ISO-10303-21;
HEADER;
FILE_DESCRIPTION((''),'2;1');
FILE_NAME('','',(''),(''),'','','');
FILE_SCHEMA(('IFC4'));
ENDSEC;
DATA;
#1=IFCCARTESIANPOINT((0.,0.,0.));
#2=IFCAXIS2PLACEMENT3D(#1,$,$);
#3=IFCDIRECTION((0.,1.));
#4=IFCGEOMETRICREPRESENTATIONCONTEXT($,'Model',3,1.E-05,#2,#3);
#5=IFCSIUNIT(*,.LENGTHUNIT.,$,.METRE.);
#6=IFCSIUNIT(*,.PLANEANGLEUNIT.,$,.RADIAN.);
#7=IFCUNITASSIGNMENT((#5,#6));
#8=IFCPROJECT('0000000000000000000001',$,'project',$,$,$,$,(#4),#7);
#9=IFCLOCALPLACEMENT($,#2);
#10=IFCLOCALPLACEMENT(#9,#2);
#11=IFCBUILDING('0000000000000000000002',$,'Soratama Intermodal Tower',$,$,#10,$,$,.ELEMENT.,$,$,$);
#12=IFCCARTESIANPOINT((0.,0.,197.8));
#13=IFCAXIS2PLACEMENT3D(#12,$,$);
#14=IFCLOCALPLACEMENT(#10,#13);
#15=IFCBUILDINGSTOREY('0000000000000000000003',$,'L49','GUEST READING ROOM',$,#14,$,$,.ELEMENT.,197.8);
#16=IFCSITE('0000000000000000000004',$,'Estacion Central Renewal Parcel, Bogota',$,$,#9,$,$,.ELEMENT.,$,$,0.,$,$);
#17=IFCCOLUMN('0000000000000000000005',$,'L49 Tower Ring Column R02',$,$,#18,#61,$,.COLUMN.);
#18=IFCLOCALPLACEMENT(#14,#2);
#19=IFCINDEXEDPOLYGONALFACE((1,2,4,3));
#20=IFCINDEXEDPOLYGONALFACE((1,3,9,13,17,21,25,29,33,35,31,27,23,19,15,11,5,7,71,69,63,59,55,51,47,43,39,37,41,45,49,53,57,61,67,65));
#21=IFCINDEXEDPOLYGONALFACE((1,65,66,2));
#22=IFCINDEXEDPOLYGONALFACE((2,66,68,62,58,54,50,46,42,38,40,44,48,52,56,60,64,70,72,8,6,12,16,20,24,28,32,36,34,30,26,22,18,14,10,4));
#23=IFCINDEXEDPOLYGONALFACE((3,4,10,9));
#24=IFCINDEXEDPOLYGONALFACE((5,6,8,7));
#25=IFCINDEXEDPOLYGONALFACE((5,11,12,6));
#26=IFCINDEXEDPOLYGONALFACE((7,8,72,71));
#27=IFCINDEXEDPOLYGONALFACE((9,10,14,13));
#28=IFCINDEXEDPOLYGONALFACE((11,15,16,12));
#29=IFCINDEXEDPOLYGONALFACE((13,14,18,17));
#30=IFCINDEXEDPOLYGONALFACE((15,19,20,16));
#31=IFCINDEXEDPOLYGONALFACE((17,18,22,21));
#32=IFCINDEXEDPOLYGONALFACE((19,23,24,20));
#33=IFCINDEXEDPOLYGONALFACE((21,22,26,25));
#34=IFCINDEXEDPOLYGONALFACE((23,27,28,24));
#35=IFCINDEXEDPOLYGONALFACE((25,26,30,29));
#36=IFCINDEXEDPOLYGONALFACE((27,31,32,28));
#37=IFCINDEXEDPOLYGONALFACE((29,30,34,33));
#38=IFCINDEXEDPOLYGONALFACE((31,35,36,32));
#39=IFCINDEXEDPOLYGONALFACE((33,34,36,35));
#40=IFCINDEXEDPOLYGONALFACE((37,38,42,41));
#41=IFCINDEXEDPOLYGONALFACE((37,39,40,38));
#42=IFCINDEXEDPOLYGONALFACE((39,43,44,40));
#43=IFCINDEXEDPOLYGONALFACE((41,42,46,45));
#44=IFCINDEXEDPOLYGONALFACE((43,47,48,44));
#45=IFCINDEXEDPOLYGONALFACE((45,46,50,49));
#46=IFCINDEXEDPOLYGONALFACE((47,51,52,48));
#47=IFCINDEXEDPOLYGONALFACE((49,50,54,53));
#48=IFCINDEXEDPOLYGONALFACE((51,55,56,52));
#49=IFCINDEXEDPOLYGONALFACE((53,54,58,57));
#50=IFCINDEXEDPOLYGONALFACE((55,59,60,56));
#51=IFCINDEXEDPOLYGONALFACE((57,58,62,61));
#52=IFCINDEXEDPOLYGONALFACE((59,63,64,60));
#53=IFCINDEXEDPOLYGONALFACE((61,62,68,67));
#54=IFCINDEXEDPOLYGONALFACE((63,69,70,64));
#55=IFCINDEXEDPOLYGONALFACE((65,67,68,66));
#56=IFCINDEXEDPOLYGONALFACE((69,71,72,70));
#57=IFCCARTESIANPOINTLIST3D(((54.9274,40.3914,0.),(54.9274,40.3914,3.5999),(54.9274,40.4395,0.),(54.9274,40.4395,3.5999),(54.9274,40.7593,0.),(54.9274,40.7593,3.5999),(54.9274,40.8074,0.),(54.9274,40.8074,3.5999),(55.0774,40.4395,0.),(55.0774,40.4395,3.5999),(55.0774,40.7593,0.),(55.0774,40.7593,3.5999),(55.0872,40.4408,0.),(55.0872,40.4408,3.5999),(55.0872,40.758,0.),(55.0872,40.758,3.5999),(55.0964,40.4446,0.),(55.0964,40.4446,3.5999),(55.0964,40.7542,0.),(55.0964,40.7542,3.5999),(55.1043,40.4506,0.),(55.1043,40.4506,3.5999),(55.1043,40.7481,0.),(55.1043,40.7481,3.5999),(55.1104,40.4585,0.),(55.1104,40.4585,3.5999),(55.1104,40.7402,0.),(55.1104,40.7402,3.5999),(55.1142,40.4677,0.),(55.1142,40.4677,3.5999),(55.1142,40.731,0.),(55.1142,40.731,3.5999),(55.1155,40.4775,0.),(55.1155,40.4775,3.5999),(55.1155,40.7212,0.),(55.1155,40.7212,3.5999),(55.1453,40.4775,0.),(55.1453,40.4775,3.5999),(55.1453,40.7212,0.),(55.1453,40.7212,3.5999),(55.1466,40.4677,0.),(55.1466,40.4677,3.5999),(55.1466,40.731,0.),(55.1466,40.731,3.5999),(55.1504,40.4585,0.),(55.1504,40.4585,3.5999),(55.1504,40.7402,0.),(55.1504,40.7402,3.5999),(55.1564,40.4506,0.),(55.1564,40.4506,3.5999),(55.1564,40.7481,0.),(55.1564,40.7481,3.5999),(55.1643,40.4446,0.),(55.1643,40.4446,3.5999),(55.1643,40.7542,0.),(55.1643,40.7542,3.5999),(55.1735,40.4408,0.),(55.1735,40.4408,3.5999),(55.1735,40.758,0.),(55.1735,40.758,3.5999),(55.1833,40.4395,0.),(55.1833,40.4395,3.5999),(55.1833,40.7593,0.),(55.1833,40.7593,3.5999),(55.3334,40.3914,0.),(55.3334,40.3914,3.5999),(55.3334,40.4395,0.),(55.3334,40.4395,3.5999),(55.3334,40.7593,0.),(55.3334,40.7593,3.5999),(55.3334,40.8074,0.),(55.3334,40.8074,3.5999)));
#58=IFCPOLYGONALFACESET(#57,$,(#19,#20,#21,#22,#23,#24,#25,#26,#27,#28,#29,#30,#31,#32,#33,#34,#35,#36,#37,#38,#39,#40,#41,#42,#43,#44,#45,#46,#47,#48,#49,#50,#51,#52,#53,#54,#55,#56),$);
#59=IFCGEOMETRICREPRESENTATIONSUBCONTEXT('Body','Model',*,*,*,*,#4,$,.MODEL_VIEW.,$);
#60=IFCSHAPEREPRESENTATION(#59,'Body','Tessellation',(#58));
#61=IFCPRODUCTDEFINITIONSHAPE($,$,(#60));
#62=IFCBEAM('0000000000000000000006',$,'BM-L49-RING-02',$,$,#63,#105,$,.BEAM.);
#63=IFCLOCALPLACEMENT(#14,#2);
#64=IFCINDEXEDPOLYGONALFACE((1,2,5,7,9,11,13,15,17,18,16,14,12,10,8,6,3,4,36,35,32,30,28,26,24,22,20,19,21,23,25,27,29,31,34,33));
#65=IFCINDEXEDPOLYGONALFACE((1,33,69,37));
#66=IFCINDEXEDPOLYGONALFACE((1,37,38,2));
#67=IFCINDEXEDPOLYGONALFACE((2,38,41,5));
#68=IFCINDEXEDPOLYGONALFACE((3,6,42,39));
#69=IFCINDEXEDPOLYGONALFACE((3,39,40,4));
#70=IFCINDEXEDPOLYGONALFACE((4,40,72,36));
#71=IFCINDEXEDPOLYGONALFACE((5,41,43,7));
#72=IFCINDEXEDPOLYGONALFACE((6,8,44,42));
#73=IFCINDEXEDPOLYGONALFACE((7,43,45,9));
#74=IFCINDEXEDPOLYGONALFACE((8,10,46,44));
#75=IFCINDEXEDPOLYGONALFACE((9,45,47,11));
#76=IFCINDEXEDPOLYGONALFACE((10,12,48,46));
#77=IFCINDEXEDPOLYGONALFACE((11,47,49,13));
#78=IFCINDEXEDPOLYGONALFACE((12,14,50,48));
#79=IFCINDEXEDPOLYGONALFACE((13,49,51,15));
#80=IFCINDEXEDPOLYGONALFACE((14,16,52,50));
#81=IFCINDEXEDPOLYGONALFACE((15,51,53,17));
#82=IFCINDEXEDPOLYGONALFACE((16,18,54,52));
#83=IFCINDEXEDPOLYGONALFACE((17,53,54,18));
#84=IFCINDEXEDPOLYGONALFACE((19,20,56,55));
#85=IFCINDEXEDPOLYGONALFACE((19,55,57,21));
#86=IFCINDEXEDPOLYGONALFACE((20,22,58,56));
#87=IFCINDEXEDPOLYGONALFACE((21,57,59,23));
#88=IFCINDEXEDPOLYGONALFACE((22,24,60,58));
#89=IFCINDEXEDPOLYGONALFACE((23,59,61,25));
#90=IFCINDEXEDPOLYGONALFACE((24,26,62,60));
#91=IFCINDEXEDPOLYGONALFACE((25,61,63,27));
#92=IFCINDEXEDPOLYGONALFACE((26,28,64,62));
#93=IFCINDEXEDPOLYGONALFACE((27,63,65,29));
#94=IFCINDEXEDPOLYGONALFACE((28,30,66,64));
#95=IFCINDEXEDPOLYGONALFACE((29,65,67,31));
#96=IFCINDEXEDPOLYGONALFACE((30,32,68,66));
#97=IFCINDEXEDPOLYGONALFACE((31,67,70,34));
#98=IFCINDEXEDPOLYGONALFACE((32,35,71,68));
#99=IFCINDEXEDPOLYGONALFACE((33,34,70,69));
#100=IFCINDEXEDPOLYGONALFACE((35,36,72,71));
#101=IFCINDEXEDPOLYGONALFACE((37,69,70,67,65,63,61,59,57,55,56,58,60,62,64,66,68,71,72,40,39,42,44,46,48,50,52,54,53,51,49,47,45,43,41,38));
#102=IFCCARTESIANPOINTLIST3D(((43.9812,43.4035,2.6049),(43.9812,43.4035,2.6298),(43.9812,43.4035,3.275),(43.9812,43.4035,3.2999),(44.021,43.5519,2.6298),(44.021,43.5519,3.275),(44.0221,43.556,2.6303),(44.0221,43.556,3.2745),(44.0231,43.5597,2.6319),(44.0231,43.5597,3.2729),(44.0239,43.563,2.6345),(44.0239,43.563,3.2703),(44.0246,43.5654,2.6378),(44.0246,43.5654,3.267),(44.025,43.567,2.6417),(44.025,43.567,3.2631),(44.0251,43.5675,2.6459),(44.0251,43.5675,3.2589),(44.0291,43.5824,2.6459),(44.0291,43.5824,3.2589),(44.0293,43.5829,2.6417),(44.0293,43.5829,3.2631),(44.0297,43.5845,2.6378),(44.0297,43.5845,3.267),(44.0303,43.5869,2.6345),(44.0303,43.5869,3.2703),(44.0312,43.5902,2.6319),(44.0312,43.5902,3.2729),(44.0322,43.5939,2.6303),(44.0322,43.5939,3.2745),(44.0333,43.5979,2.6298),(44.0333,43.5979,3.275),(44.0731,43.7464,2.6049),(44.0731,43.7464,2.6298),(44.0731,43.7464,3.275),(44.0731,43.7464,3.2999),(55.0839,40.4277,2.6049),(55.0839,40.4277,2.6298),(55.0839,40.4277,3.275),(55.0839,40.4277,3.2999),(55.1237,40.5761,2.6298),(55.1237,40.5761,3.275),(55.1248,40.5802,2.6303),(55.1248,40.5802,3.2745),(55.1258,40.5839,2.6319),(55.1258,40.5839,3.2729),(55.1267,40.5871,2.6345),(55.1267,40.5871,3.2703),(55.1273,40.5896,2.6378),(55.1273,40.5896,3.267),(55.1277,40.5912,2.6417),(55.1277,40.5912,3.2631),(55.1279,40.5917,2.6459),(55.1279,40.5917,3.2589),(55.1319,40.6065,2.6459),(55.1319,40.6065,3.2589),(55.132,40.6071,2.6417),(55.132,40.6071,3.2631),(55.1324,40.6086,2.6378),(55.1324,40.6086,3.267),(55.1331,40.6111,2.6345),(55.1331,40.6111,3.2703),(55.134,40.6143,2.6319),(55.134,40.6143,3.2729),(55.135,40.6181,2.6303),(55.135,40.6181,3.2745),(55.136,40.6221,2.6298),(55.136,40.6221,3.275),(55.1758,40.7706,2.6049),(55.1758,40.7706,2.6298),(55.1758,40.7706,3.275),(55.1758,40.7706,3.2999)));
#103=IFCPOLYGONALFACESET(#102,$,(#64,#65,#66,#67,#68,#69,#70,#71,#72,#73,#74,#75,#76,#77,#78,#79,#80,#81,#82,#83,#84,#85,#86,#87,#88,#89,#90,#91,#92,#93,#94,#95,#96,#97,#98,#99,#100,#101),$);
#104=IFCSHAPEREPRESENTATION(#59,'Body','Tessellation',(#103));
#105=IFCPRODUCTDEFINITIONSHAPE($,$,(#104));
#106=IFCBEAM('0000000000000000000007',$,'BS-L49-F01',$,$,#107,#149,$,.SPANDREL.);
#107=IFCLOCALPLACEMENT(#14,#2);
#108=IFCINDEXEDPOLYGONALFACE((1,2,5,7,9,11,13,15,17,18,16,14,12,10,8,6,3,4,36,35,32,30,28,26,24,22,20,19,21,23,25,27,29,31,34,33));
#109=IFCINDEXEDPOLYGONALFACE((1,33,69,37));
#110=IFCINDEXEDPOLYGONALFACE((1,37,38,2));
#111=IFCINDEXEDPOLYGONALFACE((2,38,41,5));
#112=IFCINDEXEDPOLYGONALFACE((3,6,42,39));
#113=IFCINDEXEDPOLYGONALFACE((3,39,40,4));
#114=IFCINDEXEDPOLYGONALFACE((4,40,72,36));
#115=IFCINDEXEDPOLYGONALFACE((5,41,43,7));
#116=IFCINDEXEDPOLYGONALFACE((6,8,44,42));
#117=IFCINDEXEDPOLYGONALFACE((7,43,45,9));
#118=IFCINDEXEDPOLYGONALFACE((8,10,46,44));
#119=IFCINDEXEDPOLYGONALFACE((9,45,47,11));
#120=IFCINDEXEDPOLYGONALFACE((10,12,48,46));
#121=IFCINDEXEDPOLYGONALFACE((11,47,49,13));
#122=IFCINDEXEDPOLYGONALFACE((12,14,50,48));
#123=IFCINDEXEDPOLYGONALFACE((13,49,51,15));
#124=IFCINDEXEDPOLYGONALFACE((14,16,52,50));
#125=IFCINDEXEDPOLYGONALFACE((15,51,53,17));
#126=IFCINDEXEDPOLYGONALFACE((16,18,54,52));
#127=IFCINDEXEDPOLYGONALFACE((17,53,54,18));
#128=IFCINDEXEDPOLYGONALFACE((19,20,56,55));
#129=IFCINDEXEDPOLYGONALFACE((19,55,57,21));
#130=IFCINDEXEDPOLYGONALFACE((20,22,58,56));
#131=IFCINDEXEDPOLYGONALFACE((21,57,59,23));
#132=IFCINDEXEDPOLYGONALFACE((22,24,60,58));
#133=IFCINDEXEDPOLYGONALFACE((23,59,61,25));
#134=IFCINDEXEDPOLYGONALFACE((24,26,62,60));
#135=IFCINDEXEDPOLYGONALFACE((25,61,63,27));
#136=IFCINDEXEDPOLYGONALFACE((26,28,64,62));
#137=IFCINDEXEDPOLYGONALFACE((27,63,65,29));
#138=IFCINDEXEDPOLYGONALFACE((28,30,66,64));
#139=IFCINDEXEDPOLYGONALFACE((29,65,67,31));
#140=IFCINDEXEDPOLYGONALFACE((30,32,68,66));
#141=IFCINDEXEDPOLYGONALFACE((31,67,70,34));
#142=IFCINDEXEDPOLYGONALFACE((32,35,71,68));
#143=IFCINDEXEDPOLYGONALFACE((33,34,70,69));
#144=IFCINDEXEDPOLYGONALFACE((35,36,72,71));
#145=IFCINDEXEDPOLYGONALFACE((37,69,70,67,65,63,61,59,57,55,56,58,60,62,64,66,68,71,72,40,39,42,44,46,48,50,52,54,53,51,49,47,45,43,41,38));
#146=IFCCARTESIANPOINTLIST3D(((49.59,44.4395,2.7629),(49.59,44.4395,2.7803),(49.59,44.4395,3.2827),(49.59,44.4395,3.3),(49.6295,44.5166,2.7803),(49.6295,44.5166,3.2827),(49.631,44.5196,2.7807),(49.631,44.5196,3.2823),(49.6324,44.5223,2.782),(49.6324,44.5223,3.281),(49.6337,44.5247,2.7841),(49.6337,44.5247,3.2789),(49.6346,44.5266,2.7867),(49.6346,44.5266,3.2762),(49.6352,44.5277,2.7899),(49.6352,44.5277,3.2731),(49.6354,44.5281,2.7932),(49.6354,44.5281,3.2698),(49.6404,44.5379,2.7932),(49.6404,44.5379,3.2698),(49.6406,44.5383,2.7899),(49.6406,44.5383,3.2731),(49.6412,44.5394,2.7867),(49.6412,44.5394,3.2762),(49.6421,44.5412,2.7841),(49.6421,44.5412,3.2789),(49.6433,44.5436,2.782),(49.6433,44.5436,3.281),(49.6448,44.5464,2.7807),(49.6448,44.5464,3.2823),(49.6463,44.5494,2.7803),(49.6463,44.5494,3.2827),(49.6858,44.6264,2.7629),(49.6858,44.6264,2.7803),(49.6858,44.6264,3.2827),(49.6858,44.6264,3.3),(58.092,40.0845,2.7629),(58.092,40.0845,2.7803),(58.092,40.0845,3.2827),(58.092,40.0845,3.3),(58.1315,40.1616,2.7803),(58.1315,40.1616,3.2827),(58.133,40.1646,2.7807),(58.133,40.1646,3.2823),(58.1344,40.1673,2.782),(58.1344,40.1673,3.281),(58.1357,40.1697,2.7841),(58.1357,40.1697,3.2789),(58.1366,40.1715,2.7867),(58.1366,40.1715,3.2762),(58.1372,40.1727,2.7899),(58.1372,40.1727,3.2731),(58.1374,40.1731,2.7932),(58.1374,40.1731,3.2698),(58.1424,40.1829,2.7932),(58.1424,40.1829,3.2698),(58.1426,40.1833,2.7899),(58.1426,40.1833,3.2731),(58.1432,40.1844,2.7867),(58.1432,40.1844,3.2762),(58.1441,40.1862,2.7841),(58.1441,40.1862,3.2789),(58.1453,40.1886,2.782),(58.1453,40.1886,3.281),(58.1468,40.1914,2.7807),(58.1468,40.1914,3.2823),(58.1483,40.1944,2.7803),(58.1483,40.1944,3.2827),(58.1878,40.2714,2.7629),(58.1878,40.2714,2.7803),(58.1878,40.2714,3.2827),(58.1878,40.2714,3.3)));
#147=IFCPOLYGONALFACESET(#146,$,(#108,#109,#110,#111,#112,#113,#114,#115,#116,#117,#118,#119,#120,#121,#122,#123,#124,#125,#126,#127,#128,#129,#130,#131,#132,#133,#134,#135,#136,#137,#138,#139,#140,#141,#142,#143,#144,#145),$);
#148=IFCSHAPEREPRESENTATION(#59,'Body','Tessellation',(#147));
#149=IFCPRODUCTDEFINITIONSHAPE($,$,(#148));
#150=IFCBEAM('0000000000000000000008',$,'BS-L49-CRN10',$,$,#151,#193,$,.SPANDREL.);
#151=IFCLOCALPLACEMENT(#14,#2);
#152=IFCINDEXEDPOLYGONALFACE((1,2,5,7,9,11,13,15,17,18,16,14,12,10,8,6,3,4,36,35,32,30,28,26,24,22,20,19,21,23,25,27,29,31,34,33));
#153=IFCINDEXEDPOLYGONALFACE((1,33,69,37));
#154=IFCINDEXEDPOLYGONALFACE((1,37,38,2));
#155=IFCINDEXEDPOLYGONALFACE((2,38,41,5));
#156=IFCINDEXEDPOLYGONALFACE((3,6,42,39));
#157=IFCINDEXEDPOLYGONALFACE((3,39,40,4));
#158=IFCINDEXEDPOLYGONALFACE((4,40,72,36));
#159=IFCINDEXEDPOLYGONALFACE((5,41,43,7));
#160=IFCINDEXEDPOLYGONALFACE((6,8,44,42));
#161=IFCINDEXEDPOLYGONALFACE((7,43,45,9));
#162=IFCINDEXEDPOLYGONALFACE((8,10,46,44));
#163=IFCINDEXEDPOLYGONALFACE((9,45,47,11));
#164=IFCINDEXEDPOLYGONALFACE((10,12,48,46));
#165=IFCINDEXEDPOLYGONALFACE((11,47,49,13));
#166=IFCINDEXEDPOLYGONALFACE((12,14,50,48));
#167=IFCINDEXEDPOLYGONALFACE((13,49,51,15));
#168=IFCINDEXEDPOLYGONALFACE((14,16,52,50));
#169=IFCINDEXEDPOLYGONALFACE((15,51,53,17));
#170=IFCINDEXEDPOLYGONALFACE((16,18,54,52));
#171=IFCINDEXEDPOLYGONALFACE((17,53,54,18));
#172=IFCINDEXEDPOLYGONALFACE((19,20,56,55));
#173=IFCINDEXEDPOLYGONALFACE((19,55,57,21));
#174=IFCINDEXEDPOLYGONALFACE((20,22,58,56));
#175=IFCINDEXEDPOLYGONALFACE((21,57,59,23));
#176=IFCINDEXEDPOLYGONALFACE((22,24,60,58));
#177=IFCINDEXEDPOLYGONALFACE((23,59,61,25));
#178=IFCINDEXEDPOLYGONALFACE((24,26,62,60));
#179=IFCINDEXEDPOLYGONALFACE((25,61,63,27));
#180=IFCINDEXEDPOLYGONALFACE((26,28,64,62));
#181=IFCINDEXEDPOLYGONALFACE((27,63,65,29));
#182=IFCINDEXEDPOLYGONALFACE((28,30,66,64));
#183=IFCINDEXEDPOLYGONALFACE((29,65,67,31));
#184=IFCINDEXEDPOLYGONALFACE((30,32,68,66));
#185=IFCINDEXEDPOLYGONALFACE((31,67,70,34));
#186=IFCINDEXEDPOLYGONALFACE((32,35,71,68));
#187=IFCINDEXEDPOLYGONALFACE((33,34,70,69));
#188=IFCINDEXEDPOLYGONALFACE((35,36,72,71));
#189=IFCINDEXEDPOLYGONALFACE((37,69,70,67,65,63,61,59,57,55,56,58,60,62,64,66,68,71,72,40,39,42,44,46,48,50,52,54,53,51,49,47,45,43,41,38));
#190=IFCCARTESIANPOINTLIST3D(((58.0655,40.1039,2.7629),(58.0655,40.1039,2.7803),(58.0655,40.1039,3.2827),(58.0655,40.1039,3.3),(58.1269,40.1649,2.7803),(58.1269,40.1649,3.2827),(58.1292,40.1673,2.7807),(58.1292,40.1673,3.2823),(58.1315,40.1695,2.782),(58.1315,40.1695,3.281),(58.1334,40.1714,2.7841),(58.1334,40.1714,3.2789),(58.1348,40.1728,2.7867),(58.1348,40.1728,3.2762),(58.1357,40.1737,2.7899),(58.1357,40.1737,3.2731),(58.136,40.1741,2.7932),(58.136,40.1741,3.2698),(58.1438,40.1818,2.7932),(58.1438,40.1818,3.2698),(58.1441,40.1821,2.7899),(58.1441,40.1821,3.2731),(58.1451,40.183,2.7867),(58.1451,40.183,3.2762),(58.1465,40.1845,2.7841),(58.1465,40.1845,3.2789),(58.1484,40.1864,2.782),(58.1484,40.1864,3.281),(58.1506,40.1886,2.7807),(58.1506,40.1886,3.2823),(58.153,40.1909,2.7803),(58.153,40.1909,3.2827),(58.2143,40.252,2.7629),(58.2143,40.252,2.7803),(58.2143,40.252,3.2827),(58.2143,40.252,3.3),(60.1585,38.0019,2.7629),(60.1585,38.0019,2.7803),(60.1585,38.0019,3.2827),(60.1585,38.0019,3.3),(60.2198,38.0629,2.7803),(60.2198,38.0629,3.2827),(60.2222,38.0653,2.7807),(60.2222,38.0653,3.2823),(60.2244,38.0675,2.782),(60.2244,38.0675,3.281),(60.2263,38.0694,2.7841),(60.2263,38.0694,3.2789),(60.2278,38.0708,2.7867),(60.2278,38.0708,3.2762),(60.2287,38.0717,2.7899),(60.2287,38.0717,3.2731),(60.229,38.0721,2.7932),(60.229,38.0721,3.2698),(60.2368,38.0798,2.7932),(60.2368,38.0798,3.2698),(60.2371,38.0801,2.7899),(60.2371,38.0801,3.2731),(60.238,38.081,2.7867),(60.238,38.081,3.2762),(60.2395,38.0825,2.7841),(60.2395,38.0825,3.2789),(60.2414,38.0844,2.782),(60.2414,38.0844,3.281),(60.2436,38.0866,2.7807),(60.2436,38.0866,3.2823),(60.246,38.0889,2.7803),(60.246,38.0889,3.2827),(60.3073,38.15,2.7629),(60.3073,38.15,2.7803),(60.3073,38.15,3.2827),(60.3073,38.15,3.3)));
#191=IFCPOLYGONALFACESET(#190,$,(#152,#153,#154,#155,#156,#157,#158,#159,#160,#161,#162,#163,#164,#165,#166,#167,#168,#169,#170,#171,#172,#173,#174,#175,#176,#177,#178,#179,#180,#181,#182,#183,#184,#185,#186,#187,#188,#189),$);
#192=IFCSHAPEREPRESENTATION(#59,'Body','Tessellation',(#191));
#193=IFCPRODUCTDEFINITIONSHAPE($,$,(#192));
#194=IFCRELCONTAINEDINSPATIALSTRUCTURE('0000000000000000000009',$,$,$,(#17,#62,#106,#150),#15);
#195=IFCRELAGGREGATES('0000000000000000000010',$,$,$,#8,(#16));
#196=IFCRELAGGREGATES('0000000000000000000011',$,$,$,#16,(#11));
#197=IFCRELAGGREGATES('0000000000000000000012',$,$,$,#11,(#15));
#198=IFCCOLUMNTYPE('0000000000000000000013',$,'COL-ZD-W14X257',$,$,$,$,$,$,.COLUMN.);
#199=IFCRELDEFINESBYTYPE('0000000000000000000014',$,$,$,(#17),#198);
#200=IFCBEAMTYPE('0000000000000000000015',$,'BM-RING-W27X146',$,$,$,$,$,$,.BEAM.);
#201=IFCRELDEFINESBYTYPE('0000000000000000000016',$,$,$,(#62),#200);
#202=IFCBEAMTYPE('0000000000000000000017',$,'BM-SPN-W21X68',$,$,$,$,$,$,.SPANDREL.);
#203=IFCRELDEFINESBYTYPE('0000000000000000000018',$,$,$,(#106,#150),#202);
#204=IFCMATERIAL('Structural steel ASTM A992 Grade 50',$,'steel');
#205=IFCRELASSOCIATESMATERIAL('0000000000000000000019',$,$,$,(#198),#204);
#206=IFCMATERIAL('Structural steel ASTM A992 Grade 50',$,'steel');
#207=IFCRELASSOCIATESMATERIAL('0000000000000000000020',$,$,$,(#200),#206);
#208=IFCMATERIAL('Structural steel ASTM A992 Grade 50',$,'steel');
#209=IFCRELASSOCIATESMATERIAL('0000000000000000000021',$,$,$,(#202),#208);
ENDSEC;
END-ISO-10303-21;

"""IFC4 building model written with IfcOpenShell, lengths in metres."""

from ifc_helpers import new_model, si_unit, direction, frame, origin, origin_2d, place, context, subcontext, project, spatial, i_section, extrude, material, material_profile, profile_set, type_object, element, save


model = new_model("IFC4")

# Units and contexts
model_context = context("Model", 3, precision=1e-05, world=origin(), true_north=direction((0.0, 1.0)))
body_context = subcontext(model_context, "Body", "Model", "MODEL_VIEW")
ifc_project = project(units=[si_unit("LENGTHUNIT", "METRE"), si_unit("PLANEANGLEUNIT", "RADIAN")], contexts=[model_context])

# Site, building, storey
site_placement = place(None, origin())
site = spatial("IfcSite", under=ifc_project, at=site_placement, Name="Estacion Central Renewal Parcel, Bogota", CompositionType="ELEMENT", RefElevation=0.0)
building_placement = place(site_placement, origin())
building = spatial("IfcBuilding", under=site, at=building_placement, Name="Soratama Intermodal Tower", CompositionType="ELEMENT")
storey_placement = place(building_placement, frame((0.0, 0.0, 197.8)))
storey = spatial("IfcBuildingStorey", under=building, at=storey_placement, Name="L49", Description="GUEST READING ROOM", CompositionType="ELEMENT", Elevation=197.8)

# Column
ifc_material_1 = material(Name="Structural steel ASTM A992 Grade 50", Category="steel")
ifc_material_profile_1 = material_profile(ifc_material_1, i_section(OverallWidth=0.406, OverallDepth=0.416, WebThickness=0.0298, FlangeThickness=0.0481, FilletRadius=0.0381, at=origin_2d()), Name="W14X257")
ifc_profile_set_1 = profile_set([ifc_material_profile_1], Name="Structural steel ASTM A992 Grade 50")
column_type = type_object("IfcColumnType", Name="COL-ZD-W14X257", PredefinedType="COLUMN", material=ifc_profile_set_1)
column_placement = place(storey_placement, frame((55.1304, 40.5994, 0.0), z_axis=(0.0, 0.0, 1.0), x_axis=(1.0, 0.0, 0.0)))
element("IfcColumn", 1, at=column_placement, inside=storey, type_object=column_type, Name="L49 Tower Ring Column R02", PredefinedType="COLUMN", context=body_context, shape_type="SweptSolid", body=[
    extrude(i_section(OverallWidth=0.406, OverallDepth=0.416, WebThickness=0.0298, FlangeThickness=0.0481, FilletRadius=0.0381, at=origin_2d()), origin(), (0.0, 0.0, 1.0), 3.5999),
])

# Beams
ifc_material_2 = material(Name="Structural steel ASTM A992 Grade 50", Category="steel")
ifc_material_profile_2 = material_profile(ifc_material_2, i_section(OverallWidth=0.355, OverallDepth=0.6951, WebThickness=0.0154, FlangeThickness=0.0249, FilletRadius=0.0161, at=origin_2d()), Name="W27X146")
ifc_profile_set_2 = profile_set([ifc_material_profile_2], Name="Structural steel ASTM A992 Grade 50")
beam_type_1 = type_object("IfcBeamType", Name="BM-RING-W27X146", PredefinedType="BEAM", material=ifc_profile_set_2)
beam_1_placement = place(storey_placement, frame((55.1299, 40.5991, 2.9524), z_axis=(-0.965907, 0.258888, 0.0), x_axis=(-0.258888, -0.965907, 0.0)))
element("IfcBeam", 2, at=beam_1_placement, inside=storey, type_object=beam_type_1, Name="BM-L49-RING-02", PredefinedType="BEAM", context=body_context, shape_type="SweptSolid", body=[
    extrude(i_section(OverallWidth=0.355, OverallDepth=0.6951, WebThickness=0.0154, FlangeThickness=0.0249, FilletRadius=0.0161, at=origin_2d()), origin(), (0.0, 0.0, 1.0), 11.4946),
])
ifc_material_3 = material(Name="Structural steel ASTM A992 Grade 50", Category="steel")
ifc_material_profile_3 = material_profile(ifc_material_3, i_section(OverallWidth=0.21, OverallDepth=0.5371, WebThickness=0.011, FlangeThickness=0.0173, FilletRadius=0.0129, at=origin_2d()), Name="W21X68")
ifc_profile_set_3 = profile_set([ifc_material_profile_3], Name="Structural steel ASTM A992 Grade 50")
beam_type_2 = type_object("IfcBeamType", Name="BM-SPN-W21X68", PredefinedType="SPANDREL", material=ifc_profile_set_3)
beam_2_placement = place(storey_placement, frame((58.1399, 40.178, 3.0315), z_axis=(-0.89003, 0.455903, 0.0), x_axis=(-0.455903, -0.89003, 0.0)))
element("IfcBeam", 3, at=beam_2_placement, inside=storey, type_object=beam_type_2, Name="BS-L49-F01", PredefinedType="SPANDREL", context=body_context, shape_type="SweptSolid", body=[
    extrude(i_section(OverallWidth=0.21, OverallDepth=0.5371, WebThickness=0.011, FlangeThickness=0.0173, FilletRadius=0.0129, at=origin_2d()), origin(), (0.0, 0.0, 1.0), 9.5525),
])
beam_3_placement = place(storey_placement, frame((60.2329, 38.0759, 3.0315), z_axis=(-0.705583, 0.708628, 0.0), x_axis=(-0.708628, -0.705583, 0.0)))
element("IfcBeam", 4, at=beam_3_placement, inside=storey, type_object=beam_type_2, Name="BS-L49-CRN10", PredefinedType="SPANDREL", context=body_context, shape_type="SweptSolid", body=[
    extrude(i_section(OverallWidth=0.21, OverallDepth=0.5371, WebThickness=0.011, FlangeThickness=0.0173, FilletRadius=0.0129, at=origin_2d()), origin(), (0.0, 0.0, 1.0), 2.9663),
])

save(model, "model.ifc")
